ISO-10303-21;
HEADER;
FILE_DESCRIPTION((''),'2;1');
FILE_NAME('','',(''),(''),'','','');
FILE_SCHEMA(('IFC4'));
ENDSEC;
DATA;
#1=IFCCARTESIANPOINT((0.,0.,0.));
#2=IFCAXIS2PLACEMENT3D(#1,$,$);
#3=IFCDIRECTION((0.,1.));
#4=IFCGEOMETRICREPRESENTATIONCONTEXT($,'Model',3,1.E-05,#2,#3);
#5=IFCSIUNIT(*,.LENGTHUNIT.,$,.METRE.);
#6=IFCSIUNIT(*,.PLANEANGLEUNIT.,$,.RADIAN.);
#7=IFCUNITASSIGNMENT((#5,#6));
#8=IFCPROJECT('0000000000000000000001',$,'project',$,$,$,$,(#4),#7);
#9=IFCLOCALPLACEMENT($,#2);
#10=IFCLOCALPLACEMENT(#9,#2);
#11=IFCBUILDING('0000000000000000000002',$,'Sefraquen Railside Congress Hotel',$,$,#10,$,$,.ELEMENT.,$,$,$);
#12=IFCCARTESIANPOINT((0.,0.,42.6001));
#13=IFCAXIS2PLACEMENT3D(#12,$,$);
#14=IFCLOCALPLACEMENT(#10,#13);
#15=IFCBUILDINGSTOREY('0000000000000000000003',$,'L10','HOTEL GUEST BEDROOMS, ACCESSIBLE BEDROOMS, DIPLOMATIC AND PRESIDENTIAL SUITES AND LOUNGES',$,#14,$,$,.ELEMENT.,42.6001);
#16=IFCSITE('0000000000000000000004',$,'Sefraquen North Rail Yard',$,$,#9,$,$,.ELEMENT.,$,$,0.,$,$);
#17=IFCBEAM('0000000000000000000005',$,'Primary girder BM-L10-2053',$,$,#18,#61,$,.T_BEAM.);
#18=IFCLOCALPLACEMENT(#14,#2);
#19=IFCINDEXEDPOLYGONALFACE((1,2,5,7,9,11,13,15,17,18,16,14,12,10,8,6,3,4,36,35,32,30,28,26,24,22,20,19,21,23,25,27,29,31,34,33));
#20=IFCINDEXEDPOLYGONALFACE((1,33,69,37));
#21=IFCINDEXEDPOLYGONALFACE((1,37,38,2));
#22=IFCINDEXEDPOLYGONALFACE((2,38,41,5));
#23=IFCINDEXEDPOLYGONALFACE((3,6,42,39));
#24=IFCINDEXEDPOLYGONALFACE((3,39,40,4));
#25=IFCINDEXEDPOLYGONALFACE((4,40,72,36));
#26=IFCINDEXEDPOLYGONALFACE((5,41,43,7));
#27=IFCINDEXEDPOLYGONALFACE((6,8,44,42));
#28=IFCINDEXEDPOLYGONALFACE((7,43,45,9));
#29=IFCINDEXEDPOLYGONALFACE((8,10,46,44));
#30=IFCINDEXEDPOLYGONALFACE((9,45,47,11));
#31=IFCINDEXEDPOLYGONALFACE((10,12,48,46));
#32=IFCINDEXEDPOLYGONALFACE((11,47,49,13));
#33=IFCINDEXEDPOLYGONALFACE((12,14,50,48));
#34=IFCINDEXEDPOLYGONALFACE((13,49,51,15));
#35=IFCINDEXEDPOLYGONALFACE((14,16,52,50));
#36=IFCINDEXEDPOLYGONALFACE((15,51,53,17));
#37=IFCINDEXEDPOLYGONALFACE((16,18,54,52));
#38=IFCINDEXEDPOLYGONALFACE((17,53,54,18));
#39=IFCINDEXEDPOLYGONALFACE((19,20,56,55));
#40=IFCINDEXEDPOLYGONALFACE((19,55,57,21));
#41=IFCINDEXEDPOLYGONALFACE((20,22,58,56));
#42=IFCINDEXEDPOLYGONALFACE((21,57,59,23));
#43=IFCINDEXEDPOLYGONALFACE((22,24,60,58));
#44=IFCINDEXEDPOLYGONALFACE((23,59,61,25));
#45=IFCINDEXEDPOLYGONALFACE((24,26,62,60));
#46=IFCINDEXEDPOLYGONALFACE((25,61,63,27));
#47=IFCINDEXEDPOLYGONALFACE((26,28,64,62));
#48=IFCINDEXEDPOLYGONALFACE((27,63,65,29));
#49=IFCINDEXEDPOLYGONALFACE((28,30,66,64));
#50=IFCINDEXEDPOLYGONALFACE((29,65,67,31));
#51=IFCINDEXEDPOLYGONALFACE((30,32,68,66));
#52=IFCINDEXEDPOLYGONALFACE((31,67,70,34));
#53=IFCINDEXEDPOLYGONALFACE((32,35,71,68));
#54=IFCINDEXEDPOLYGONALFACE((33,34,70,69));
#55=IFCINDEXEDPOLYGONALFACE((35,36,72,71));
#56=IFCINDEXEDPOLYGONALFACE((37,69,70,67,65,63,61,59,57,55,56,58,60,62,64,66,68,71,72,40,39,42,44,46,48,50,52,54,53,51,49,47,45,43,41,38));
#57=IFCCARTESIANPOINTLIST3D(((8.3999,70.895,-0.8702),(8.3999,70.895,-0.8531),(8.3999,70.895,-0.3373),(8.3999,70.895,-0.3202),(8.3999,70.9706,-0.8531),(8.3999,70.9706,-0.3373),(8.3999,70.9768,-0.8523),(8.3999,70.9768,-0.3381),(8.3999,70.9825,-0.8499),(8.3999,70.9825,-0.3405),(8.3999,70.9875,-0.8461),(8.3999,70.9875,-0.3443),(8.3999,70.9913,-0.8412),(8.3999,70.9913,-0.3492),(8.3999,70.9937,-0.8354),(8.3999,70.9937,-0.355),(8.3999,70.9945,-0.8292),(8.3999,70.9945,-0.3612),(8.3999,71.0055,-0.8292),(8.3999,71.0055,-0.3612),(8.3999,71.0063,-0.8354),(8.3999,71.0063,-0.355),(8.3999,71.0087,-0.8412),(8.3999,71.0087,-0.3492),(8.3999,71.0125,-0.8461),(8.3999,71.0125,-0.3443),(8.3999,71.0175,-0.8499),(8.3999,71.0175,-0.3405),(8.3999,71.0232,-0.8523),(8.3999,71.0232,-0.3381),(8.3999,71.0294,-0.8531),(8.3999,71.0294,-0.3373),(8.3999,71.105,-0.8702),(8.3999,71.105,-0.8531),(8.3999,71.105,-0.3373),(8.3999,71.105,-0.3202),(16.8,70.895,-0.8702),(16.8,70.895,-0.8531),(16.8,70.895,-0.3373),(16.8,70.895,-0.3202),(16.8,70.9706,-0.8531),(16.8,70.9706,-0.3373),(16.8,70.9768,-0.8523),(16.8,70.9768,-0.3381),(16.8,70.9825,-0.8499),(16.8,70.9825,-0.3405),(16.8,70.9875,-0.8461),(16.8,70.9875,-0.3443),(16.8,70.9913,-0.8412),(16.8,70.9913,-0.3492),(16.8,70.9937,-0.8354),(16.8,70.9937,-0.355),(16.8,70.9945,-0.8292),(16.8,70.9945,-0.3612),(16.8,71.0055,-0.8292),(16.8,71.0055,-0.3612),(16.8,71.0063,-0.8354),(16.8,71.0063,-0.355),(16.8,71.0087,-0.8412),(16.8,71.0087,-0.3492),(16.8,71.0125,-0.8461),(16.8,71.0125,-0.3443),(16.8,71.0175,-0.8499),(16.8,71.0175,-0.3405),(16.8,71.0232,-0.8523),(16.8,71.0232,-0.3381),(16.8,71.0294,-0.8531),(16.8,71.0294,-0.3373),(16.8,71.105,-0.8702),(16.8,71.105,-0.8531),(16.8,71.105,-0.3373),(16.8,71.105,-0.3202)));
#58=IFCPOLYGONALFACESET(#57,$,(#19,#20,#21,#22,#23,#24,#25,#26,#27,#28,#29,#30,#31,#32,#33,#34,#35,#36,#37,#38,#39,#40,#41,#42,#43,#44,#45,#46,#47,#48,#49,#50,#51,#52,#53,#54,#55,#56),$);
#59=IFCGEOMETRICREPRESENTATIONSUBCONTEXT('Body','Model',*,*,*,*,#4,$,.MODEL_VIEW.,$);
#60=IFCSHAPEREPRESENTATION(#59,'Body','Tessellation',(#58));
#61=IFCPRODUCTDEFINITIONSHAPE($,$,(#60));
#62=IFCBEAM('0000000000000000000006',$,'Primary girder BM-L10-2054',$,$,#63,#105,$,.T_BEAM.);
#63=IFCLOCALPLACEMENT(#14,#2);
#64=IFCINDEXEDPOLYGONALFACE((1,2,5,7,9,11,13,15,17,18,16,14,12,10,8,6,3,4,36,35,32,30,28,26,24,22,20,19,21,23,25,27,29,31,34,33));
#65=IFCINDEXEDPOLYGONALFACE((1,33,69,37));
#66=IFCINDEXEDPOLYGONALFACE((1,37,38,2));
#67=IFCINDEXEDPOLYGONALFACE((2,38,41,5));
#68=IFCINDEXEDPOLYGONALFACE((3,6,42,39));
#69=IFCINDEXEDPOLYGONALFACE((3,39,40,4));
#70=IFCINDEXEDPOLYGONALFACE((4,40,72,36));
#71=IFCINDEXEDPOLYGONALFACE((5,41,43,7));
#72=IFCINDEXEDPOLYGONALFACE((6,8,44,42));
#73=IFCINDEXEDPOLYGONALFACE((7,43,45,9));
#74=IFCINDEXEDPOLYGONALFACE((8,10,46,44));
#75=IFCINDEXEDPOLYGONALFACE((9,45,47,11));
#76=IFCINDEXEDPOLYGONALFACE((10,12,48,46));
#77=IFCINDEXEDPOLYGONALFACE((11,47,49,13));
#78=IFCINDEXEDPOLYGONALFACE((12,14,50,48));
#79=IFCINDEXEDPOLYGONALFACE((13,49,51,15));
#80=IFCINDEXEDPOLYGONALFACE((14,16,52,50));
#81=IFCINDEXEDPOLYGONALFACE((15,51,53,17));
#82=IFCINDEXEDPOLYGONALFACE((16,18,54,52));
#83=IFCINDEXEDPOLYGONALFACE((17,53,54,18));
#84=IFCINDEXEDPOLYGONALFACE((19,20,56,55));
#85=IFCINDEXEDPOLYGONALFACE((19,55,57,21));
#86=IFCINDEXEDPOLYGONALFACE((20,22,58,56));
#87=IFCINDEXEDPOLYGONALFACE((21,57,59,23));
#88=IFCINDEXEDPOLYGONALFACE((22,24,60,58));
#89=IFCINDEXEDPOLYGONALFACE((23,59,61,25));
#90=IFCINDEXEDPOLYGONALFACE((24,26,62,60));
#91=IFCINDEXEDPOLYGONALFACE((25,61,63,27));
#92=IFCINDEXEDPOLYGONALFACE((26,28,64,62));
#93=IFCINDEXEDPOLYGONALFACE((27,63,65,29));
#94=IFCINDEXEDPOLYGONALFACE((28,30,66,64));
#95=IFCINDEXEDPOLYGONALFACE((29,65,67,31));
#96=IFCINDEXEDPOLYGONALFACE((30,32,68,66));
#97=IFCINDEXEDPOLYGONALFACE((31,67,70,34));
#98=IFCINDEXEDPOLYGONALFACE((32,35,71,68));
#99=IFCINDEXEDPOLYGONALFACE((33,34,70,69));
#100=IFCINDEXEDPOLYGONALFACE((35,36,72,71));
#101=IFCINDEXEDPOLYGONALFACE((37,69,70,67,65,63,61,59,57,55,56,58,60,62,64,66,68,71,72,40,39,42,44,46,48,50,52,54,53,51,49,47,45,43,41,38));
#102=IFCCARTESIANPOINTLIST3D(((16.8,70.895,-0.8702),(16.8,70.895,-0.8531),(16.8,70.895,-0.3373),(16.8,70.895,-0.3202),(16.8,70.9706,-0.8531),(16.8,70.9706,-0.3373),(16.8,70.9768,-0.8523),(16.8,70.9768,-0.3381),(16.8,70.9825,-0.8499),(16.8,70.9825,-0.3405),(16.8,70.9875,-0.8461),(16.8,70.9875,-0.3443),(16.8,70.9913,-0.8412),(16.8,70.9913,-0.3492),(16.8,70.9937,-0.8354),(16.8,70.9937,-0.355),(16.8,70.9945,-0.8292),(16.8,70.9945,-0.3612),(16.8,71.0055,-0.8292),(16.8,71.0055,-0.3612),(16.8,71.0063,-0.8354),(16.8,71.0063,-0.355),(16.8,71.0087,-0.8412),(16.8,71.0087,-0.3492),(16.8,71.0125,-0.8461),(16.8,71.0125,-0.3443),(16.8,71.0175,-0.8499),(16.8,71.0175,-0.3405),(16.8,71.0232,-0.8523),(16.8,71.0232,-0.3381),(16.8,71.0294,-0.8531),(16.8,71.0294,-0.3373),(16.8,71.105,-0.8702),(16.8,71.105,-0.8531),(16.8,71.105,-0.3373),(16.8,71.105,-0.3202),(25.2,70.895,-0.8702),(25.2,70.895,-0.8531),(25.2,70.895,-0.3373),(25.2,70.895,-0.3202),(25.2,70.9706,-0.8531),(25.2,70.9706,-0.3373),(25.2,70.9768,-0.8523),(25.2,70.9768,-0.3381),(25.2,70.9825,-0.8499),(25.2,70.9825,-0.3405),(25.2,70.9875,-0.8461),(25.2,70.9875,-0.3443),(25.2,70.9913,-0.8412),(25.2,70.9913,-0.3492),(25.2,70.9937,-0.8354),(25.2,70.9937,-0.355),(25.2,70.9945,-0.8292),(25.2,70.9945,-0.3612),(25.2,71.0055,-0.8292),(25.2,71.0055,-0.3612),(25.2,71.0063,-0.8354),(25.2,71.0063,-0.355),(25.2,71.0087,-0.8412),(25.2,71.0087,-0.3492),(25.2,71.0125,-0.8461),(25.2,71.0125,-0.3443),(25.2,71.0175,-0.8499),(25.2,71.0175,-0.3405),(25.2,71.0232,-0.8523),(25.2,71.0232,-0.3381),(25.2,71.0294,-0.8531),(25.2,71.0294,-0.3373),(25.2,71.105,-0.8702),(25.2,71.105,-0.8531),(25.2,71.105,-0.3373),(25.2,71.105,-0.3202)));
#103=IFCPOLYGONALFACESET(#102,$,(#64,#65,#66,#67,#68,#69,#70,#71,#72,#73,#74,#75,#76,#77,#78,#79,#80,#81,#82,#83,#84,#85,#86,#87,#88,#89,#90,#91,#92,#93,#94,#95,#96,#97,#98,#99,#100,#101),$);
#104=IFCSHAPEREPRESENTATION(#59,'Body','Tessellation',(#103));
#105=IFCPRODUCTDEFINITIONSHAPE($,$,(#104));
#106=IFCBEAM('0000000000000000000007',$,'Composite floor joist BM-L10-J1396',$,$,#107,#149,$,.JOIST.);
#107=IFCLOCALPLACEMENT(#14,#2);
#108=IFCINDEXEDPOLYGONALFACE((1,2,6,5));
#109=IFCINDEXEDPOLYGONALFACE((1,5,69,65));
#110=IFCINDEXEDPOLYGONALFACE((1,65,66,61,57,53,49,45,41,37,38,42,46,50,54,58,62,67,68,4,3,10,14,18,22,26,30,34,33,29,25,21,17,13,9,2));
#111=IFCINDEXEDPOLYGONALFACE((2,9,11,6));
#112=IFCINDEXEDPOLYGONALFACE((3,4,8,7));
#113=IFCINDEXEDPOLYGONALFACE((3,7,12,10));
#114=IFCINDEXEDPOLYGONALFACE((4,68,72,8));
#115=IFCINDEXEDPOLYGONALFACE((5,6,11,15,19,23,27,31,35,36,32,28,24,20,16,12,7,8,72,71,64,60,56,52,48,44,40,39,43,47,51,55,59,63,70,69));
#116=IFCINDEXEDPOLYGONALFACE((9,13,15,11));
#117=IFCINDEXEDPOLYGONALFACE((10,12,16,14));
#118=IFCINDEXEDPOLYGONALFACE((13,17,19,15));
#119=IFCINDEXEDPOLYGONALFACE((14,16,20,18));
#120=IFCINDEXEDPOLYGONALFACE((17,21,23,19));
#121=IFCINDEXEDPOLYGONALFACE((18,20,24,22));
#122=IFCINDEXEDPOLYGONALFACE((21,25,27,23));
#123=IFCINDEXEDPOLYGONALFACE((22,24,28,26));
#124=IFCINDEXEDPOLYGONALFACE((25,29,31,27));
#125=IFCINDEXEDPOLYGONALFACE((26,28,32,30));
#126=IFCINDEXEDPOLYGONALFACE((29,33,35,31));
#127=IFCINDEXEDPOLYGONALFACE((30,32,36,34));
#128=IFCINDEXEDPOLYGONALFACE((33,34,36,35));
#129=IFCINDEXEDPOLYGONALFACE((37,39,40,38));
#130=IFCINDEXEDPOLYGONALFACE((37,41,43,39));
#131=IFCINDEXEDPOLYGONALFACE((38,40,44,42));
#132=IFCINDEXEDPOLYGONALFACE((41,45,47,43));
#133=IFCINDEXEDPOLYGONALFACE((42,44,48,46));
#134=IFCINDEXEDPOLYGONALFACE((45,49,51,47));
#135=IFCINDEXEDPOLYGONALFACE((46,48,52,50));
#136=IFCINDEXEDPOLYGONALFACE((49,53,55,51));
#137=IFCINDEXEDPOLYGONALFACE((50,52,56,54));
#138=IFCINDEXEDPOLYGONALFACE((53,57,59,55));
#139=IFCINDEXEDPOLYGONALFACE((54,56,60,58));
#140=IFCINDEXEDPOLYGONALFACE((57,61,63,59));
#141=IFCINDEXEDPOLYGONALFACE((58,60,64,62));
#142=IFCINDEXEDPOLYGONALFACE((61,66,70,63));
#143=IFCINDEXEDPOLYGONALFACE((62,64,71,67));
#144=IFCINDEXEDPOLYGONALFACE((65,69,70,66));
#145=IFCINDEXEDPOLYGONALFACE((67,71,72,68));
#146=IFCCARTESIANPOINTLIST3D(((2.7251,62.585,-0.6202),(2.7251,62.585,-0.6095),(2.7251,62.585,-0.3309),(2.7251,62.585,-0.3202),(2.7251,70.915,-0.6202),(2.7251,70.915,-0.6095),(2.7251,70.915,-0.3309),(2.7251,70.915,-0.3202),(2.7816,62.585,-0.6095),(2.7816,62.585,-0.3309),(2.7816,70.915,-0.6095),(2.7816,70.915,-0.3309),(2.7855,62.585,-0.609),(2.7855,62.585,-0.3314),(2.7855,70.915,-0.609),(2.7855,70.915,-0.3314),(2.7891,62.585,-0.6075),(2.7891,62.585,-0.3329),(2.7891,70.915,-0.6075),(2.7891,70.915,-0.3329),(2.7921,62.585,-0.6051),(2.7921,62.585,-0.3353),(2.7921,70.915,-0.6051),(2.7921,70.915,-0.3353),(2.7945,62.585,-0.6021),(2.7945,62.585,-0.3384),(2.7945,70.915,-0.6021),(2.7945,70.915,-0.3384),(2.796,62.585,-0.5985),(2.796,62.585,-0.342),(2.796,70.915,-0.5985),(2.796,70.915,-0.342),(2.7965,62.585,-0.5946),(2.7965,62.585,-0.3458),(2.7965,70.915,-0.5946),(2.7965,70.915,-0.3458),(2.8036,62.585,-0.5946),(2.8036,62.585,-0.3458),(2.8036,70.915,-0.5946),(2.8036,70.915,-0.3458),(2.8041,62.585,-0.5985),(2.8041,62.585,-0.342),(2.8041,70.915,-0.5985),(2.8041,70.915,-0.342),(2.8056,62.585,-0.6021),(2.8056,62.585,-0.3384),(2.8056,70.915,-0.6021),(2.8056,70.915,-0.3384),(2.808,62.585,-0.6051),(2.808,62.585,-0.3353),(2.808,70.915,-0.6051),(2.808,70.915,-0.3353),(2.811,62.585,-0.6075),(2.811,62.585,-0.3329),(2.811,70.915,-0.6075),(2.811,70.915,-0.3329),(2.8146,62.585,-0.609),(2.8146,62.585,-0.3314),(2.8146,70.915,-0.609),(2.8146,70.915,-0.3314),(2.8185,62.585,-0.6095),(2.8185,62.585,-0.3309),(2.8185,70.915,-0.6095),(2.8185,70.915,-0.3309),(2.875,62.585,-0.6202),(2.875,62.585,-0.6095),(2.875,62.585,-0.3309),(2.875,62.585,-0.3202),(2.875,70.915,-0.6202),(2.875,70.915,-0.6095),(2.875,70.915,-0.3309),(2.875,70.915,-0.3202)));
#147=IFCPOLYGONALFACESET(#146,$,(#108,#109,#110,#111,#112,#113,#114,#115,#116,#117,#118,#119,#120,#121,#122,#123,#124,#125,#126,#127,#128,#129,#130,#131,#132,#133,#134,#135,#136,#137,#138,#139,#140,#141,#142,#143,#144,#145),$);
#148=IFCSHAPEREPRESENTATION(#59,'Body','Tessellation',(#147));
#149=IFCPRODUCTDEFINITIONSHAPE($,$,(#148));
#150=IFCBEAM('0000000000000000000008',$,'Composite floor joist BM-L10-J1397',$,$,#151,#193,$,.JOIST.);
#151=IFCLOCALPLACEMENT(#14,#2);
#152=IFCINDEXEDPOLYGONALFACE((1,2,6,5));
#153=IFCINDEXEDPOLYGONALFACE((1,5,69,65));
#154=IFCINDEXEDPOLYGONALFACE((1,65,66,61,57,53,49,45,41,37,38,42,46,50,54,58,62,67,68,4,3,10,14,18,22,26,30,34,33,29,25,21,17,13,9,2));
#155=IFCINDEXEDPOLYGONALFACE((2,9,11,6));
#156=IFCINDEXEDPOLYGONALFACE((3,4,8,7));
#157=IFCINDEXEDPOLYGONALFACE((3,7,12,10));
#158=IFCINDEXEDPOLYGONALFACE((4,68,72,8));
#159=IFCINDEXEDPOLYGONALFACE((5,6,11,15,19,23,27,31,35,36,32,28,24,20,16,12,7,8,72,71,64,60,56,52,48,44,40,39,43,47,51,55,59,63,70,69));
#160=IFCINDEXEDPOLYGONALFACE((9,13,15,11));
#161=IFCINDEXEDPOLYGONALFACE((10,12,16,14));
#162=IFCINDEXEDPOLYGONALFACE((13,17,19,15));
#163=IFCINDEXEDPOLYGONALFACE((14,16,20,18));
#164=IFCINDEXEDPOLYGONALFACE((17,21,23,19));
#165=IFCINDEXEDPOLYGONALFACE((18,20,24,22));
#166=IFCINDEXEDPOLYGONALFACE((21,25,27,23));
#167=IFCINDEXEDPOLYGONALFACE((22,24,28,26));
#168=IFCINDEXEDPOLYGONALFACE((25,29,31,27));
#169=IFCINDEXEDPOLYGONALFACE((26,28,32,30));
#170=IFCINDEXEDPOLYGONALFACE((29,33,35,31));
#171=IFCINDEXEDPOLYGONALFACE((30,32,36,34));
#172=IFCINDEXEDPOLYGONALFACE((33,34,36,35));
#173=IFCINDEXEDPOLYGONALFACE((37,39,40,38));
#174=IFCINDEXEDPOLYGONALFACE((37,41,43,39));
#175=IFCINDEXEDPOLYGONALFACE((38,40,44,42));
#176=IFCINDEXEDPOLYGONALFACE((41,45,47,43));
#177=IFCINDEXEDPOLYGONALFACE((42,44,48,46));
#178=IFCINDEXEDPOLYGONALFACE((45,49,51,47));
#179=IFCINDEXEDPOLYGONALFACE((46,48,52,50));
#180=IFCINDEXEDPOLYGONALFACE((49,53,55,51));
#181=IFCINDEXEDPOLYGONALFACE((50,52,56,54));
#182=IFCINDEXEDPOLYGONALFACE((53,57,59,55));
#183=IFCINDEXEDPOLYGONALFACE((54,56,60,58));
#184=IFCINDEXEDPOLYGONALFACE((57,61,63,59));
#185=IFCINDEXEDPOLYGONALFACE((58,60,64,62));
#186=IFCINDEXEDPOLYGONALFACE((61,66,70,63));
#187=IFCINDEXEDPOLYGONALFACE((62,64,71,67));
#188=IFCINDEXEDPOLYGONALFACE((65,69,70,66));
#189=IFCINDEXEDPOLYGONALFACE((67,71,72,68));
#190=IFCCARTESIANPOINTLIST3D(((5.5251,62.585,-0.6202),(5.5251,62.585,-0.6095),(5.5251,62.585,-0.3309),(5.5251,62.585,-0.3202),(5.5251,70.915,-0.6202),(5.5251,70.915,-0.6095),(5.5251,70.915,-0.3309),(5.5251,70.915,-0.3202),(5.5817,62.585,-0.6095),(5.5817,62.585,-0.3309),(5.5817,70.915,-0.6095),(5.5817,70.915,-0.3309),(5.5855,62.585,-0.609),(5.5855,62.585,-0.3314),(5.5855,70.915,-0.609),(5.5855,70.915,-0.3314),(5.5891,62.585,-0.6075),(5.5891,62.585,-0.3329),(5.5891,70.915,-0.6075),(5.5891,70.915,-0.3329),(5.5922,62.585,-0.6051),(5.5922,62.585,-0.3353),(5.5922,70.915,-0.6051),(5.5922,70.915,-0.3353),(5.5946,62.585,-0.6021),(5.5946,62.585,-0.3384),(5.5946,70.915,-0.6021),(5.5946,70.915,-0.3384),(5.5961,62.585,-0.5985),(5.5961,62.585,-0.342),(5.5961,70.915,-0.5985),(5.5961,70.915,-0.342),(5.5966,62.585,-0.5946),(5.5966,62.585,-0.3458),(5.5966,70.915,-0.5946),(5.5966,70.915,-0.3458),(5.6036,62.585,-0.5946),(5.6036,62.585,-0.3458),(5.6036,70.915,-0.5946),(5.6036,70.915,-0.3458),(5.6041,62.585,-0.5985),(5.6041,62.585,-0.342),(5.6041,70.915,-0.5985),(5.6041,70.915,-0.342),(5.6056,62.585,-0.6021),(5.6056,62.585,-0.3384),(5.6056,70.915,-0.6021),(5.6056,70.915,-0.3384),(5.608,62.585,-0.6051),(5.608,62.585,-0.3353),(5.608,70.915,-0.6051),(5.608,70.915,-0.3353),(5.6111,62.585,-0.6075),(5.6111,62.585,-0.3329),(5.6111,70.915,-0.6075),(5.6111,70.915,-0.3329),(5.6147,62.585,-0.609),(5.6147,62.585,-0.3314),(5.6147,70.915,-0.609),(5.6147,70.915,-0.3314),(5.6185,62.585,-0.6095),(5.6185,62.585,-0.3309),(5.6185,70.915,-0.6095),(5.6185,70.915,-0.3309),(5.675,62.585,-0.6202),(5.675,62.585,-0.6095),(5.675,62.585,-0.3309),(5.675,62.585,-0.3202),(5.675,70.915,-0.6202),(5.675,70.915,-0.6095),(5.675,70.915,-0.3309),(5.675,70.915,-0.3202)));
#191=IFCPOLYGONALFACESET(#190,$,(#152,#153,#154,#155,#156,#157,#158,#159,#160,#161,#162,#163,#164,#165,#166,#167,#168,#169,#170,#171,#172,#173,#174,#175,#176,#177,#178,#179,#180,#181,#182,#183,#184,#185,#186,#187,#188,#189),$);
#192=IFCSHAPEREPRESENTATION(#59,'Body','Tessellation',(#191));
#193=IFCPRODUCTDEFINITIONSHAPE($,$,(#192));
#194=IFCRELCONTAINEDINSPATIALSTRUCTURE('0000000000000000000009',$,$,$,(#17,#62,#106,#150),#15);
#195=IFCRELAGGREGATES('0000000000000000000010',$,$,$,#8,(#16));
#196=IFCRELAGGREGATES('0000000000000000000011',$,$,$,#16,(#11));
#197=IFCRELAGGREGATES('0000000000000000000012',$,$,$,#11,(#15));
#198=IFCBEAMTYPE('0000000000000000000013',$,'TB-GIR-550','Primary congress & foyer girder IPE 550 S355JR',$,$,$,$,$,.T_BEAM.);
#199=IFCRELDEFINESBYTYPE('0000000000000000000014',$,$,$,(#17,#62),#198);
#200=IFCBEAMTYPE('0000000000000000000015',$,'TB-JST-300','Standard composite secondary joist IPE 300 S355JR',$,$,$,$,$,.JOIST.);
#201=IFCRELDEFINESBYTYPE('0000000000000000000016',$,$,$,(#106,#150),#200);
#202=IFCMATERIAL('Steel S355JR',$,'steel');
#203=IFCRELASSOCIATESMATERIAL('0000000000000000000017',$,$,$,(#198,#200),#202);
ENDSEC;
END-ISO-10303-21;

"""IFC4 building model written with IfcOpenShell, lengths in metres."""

from ifc_helpers import new_model, si_unit, direction, frame, origin, origin_2d, place, context, subcontext, project, spatial, i_section, extrude, material, material_profile, profile_set, type_object, element, save


model = new_model("IFC4")

# Units and contexts
model_context = context("Model", 3, precision=1e-05, world=origin(), true_north=direction((0.0, 1.0)))
body_context = subcontext(model_context, "Body", "Model", "MODEL_VIEW")
ifc_project = project(units=[si_unit("LENGTHUNIT", "METRE"), si_unit("PLANEANGLEUNIT", "RADIAN")], contexts=[model_context])

# Site, building, storey
site_placement = place(None, origin())
site = spatial("IfcSite", under=ifc_project, at=site_placement, Name="Sefraquen North Rail Yard", CompositionType="ELEMENT", RefElevation=0.0)
building_placement = place(site_placement, origin())
building = spatial("IfcBuilding", under=site, at=building_placement, Name="Sefraquen Railside Congress Hotel", CompositionType="ELEMENT")
storey_placement = place(building_placement, frame((0.0, 0.0, 42.6001)))
storey = spatial("IfcBuildingStorey", under=building, at=storey_placement, Name="L10", Description="HOTEL GUEST BEDROOMS, ACCESSIBLE BEDROOMS, DIPLOMATIC AND PRESIDENTIAL SUITES AND LOUNGES", CompositionType="ELEMENT", Elevation=42.6001)

# Beams
ifc_material_1 = material(Name="Steel S355JR", Category="steel")
ifc_material_profile_1 = material_profile(ifc_material_1, i_section(OverallWidth=0.21, OverallDepth=0.55, WebThickness=0.011, FlangeThickness=0.0171, FilletRadius=0.0239, at=origin_2d()), Name="IPE 550")
ifc_profile_set_1 = profile_set([ifc_material_profile_1], Name="Steel S355JR")
beam_type_1 = type_object("IfcBeamType", Name="TB-GIR-550", Description="Primary congress & foyer girder IPE 550 S355JR", PredefinedType="T_BEAM", material=ifc_profile_set_1)
beam_1_placement = place(storey_placement, frame((8.3999, 71.0, -0.5952), z_axis=(1.0, 0.0, 0.0), x_axis=(0.0, 1.0, 0.0)))
element("IfcBeam", 1, at=beam_1_placement, inside=storey, type_object=beam_type_1, Name="Primary girder BM-L10-2053", PredefinedType="T_BEAM", context=body_context, shape_type="SweptSolid", body=[
    extrude(i_section(OverallWidth=0.21, OverallDepth=0.55, WebThickness=0.011, FlangeThickness=0.0171, FilletRadius=0.0239, at=origin_2d()), origin(), (0.0, 0.0, 1.0), 8.4001),
])
beam_2_placement = place(storey_placement, frame((16.8, 71.0, -0.5952), z_axis=(1.0, 0.0, 0.0), x_axis=(0.0, 1.0, 0.0)))
element("IfcBeam", 2, at=beam_2_placement, inside=storey, type_object=beam_type_1, Name="Primary girder BM-L10-2054", PredefinedType="T_BEAM", context=body_context, shape_type="SweptSolid", body=[
    extrude(i_section(OverallWidth=0.21, OverallDepth=0.55, WebThickness=0.011, FlangeThickness=0.0171, FilletRadius=0.0239, at=origin_2d()), origin(), (0.0, 0.0, 1.0), 8.3999),
])
ifc_material_profile_2 = material_profile(ifc_material_1, i_section(OverallWidth=0.1499, OverallDepth=0.3, WebThickness=0.0071, FlangeThickness=0.0107, FilletRadius=0.0149, at=origin_2d()), Name="IPE 300")
ifc_profile_set_2 = profile_set([ifc_material_profile_2], Name="Steel S355JR")
beam_type_2 = type_object("IfcBeamType", Name="TB-JST-300", Description="Standard composite secondary joist IPE 300 S355JR", PredefinedType="JOIST", material=ifc_profile_set_2)
for number, where, z_axis, x_axis, name in (
    (3, (2.8, 62.585, -0.4702), (0.0, 1.0, 0.0), (-1.0, 0.0, 0.0), "Composite floor joist BM-L10-J1396"),
    (4, (5.6001, 62.585, -0.4702), (0.0, 1.0, 0.0), (-1.0, 0.0, 0.0), "Composite floor joist BM-L10-J1397"),
):
    element("IfcBeam", number, at=place(storey_placement, frame(where, z_axis=z_axis, x_axis=x_axis)), inside=storey, type_object=beam_type_2, Name=name, PredefinedType="JOIST", context=body_context, shape_type="SweptSolid", body=[
        extrude(i_section(OverallWidth=0.1499, OverallDepth=0.3, WebThickness=0.0071, FlangeThickness=0.0107, FilletRadius=0.0149, at=origin_2d()), origin(), (0.0, 0.0, 1.0), 8.3301),
    ])

save(model, "model.ifc")
